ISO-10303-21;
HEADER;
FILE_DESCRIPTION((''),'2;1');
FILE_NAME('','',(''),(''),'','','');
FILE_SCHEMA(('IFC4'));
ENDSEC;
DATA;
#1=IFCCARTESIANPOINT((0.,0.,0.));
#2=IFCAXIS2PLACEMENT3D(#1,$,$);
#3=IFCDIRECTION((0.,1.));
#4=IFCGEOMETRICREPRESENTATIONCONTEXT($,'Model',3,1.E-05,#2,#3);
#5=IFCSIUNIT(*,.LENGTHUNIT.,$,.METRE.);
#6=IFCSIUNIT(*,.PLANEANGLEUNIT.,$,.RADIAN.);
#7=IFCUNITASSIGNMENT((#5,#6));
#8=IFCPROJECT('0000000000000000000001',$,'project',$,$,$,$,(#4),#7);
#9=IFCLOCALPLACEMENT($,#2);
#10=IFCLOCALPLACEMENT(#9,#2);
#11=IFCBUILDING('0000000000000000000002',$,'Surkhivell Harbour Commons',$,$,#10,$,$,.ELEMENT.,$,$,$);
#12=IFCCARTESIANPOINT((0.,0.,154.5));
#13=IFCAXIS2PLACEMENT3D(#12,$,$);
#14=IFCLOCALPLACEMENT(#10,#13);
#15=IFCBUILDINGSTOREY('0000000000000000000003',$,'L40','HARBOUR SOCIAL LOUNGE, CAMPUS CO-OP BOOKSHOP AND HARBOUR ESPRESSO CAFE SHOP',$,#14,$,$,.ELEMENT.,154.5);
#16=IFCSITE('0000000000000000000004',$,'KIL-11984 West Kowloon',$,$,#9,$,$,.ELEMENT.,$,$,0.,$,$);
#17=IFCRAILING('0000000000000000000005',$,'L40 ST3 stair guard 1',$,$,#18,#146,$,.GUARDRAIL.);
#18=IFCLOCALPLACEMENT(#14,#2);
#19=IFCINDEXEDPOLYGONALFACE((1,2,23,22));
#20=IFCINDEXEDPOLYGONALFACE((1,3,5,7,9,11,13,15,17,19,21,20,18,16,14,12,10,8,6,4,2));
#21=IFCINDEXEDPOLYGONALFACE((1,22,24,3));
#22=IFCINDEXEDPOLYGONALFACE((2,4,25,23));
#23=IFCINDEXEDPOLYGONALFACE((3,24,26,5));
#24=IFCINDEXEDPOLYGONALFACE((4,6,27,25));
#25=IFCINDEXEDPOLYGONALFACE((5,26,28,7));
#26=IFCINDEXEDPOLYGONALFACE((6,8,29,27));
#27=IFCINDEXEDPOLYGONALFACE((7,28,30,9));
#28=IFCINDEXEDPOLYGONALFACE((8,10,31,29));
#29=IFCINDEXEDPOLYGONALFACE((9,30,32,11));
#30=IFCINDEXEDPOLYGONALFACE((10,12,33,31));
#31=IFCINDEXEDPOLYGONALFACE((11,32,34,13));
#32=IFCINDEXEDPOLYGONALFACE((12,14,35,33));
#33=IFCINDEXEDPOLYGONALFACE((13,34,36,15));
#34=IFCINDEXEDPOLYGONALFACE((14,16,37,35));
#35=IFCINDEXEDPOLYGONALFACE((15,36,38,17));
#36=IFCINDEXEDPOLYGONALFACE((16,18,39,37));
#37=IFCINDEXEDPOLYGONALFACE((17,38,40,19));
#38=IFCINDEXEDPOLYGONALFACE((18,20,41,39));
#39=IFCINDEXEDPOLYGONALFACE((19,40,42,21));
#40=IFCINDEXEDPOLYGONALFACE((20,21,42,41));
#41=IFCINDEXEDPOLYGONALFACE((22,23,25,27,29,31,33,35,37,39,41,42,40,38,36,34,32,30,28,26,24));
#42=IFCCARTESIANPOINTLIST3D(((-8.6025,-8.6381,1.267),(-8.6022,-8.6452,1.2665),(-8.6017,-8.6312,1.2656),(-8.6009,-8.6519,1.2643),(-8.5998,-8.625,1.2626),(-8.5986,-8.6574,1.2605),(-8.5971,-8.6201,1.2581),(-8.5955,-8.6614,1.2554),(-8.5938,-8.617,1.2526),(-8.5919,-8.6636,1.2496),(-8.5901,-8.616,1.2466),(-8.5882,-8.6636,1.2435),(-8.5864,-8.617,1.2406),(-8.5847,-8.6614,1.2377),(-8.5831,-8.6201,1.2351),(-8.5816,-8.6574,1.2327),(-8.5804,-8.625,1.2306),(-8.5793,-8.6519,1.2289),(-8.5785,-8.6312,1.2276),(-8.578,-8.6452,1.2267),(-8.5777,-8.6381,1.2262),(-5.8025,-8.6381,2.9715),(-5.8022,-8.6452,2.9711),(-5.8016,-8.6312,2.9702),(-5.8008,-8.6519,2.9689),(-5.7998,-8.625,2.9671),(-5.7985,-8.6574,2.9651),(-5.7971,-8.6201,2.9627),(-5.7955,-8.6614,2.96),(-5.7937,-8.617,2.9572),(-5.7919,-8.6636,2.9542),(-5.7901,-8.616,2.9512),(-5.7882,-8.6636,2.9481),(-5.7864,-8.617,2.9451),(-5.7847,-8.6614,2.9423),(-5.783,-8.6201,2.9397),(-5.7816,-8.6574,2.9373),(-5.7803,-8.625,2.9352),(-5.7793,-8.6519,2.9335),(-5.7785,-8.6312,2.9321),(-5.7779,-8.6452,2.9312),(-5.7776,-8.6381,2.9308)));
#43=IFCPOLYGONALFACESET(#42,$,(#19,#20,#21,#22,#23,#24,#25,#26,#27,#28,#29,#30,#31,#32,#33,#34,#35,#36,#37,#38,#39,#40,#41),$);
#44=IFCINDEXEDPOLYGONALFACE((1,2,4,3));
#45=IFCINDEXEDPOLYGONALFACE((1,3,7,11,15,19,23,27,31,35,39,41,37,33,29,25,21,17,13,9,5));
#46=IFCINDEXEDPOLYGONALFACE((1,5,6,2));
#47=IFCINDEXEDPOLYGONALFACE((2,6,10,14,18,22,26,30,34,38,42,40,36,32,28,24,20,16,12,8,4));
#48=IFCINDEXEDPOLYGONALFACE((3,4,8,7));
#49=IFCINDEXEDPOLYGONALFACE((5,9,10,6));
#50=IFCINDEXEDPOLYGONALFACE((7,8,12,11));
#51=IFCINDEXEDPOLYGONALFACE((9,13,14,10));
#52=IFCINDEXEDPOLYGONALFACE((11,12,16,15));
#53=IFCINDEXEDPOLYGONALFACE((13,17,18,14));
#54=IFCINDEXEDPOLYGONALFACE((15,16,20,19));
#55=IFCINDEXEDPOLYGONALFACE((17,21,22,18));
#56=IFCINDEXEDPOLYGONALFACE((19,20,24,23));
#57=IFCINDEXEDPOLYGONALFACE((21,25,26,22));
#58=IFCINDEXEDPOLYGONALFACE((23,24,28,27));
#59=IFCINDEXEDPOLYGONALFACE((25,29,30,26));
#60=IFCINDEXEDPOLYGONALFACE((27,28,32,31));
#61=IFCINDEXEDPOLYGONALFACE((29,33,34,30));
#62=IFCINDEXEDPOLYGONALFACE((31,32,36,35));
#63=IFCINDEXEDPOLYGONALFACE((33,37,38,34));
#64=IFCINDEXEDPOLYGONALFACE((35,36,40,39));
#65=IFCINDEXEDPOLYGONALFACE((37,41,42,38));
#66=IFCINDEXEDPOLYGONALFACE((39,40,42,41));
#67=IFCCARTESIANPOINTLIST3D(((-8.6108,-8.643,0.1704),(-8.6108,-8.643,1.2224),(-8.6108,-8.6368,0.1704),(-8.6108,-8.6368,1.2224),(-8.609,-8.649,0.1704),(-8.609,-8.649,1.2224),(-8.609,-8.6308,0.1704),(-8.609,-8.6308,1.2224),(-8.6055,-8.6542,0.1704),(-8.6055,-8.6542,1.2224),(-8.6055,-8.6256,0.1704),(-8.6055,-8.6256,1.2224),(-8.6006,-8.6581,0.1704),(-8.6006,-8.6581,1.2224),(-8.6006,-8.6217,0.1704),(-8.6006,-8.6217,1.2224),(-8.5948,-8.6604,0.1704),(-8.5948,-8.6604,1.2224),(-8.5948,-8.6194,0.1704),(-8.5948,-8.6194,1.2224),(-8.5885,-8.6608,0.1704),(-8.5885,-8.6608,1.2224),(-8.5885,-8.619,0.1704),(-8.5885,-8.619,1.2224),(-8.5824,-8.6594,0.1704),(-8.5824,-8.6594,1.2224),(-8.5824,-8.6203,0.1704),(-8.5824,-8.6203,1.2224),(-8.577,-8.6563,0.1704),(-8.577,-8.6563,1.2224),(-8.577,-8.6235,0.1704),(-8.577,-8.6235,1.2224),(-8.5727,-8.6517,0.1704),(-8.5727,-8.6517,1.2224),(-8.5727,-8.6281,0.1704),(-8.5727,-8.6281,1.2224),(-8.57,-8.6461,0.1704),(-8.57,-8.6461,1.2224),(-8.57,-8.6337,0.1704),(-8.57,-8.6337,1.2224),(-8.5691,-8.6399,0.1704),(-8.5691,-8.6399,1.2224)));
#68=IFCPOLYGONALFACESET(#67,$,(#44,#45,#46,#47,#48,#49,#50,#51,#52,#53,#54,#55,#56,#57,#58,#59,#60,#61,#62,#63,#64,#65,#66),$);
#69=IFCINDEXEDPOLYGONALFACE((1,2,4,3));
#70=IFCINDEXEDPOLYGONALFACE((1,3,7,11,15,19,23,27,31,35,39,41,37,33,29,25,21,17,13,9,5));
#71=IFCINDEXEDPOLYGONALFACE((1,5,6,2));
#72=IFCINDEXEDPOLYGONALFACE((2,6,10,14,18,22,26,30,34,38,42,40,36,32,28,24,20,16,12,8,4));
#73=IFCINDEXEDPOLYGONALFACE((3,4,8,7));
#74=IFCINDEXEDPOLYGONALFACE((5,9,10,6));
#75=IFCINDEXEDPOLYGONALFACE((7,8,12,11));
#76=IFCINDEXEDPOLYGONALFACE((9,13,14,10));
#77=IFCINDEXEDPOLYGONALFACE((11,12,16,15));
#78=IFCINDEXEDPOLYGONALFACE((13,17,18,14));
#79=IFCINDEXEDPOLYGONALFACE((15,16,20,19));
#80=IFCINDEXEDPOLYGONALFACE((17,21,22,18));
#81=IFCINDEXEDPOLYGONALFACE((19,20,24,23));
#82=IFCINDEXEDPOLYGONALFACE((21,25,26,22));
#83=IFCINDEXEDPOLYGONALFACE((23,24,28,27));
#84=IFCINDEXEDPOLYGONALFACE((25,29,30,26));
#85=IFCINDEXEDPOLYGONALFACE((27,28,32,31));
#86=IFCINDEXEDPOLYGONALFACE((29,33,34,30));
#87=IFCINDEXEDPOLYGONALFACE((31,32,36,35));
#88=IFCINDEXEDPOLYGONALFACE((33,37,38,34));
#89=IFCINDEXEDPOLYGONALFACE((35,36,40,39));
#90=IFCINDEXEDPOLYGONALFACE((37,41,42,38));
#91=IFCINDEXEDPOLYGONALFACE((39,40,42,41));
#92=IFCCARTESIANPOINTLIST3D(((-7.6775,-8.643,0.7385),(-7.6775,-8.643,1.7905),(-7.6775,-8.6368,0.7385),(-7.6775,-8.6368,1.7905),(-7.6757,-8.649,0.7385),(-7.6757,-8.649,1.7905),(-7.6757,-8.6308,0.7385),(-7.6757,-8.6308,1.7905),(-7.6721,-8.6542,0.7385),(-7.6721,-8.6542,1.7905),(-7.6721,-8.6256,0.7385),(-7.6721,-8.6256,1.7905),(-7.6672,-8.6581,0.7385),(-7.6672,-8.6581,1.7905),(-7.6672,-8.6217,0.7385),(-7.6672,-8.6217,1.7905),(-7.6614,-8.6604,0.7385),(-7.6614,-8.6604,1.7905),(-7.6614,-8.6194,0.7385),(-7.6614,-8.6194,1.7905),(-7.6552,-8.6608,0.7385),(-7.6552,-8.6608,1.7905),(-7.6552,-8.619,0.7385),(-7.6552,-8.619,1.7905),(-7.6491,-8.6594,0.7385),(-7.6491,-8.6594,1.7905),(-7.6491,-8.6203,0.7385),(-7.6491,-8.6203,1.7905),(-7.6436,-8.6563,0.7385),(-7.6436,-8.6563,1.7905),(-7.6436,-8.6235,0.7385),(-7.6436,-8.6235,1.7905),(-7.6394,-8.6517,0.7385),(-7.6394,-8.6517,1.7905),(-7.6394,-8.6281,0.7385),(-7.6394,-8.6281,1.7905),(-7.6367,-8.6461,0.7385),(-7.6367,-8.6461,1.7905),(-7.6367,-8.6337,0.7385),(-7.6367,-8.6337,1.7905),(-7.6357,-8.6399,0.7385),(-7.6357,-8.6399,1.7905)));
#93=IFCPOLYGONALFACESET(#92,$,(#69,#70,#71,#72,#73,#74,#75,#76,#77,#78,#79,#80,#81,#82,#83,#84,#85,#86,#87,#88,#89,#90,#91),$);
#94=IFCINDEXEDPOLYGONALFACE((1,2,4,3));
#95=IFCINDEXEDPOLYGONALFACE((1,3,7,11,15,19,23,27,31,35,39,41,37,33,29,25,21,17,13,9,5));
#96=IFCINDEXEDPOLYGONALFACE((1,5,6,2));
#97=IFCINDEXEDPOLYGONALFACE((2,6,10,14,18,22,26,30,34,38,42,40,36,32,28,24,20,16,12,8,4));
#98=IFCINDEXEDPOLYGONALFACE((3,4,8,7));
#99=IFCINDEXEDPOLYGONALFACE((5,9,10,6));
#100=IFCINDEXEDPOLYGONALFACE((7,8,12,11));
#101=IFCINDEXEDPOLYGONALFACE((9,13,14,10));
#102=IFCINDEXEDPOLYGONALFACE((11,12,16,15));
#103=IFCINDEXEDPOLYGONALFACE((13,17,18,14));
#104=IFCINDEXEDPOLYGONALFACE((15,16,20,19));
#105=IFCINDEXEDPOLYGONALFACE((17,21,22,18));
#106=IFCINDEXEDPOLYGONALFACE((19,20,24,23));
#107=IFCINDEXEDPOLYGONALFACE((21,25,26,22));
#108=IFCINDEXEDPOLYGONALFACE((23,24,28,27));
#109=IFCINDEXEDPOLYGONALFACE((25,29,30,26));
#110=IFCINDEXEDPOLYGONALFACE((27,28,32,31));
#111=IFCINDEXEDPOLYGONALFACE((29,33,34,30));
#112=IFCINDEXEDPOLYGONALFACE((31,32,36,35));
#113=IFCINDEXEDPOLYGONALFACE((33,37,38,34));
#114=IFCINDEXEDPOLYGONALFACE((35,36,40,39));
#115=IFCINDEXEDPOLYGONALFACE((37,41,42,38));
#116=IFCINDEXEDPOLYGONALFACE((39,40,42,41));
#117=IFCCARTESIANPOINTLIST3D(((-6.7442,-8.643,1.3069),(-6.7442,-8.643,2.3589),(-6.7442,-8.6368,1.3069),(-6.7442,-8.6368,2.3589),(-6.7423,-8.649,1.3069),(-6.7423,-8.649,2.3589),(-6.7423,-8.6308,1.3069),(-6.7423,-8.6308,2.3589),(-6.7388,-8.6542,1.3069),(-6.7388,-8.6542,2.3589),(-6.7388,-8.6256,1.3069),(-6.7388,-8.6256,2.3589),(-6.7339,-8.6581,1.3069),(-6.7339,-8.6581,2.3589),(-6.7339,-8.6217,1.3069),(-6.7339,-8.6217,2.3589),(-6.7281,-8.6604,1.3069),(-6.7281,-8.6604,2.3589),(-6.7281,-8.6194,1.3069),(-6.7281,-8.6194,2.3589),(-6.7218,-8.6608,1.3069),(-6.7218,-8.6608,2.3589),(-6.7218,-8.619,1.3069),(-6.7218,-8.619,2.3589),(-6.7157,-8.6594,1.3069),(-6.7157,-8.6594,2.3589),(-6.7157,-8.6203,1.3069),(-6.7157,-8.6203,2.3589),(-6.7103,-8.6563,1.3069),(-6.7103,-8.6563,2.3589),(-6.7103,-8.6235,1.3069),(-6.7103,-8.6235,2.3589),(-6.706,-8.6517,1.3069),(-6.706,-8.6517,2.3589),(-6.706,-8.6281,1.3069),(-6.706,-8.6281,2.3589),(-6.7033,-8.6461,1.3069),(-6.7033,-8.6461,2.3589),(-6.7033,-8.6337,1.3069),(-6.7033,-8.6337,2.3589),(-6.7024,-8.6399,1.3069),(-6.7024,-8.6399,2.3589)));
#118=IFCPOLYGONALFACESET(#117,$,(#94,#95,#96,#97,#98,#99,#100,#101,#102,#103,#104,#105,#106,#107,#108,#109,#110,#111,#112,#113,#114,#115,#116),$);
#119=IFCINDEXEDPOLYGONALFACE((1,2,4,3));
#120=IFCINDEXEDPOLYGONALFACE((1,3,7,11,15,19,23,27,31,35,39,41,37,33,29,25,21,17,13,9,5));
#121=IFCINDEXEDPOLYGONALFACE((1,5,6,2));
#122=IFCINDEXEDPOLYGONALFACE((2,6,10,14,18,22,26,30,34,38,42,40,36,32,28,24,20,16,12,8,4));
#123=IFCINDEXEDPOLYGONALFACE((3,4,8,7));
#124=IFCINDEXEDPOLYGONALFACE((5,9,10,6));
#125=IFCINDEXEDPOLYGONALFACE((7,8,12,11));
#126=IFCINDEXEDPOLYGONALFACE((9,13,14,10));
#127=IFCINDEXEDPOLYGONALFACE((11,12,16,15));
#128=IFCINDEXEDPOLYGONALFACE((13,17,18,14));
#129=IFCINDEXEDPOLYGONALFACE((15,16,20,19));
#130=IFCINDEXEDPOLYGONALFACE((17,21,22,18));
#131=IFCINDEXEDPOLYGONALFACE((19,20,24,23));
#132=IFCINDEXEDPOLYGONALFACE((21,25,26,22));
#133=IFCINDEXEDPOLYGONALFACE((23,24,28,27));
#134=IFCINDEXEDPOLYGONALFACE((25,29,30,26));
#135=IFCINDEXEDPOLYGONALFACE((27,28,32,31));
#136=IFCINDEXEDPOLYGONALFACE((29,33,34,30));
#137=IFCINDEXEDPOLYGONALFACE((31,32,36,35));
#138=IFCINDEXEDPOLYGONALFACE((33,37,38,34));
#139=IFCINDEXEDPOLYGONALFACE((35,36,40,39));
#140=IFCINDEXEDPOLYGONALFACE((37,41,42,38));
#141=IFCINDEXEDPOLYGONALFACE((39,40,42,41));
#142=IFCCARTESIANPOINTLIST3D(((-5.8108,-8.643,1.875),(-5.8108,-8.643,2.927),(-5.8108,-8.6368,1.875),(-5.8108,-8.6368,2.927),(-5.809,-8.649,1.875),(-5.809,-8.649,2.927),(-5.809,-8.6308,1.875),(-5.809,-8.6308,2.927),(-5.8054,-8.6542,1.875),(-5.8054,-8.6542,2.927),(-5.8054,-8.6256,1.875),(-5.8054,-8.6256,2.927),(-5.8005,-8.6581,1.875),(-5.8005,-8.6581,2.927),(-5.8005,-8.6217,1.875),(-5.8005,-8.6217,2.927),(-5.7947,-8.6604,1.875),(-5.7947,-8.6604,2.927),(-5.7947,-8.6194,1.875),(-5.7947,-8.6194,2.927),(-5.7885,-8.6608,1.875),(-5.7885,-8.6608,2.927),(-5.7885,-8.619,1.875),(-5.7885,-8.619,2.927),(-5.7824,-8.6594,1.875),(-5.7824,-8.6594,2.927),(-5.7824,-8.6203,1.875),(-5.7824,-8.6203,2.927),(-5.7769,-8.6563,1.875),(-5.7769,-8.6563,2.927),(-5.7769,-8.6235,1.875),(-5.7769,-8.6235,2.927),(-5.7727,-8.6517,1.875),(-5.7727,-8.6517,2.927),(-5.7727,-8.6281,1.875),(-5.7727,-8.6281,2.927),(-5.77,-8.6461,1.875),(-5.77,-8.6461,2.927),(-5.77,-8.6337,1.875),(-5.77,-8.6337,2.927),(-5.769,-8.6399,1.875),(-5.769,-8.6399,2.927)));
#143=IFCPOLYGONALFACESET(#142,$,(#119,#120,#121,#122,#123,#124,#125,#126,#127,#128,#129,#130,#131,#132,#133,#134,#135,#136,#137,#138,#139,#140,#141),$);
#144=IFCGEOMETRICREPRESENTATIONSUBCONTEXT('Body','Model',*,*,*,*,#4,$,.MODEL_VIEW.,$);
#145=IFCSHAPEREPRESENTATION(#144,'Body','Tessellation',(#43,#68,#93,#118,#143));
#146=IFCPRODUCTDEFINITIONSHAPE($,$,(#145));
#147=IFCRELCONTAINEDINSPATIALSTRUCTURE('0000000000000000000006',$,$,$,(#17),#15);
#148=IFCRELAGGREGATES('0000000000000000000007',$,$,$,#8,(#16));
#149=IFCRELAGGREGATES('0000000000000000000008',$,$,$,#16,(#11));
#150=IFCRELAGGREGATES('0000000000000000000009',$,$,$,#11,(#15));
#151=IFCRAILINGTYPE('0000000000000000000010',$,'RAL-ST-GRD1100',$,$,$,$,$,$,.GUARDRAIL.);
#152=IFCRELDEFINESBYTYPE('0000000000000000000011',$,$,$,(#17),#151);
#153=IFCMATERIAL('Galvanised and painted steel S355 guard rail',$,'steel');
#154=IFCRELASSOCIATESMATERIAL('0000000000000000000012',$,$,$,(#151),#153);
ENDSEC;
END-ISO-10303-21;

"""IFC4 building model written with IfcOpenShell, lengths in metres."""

from ifc_helpers import new_model, si_unit, direction, frame, origin, origin_2d, place, context, subcontext, project, spatial, circle, extrude, material, type_object, element, save


model = new_model("IFC4")

# Units and contexts
model_context = context("Model", 3, precision=1e-05, world=origin(), true_north=direction((0.0, 1.0)))
body_context = subcontext(model_context, "Body", "Model", "MODEL_VIEW")
ifc_project = project(units=[si_unit("LENGTHUNIT", "METRE"), si_unit("PLANEANGLEUNIT", "RADIAN")], contexts=[model_context])

# Site, building, storey
site_placement = place(None, origin())
site = spatial("IfcSite", under=ifc_project, at=site_placement, Name="KIL-11984 West Kowloon", CompositionType="ELEMENT", RefElevation=0.0)
building_placement = place(site_placement, origin())
building = spatial("IfcBuilding", under=site, at=building_placement, Name="Surkhivell Harbour Commons", CompositionType="ELEMENT")
storey_placement = place(building_placement, frame((0.0, 0.0, 154.5)))
storey = spatial("IfcBuildingStorey", under=building, at=storey_placement, Name="L40", Description="HARBOUR SOCIAL LOUNGE, CAMPUS CO-OP BOOKSHOP AND HARBOUR ESPRESSO CAFE SHOP", CompositionType="ELEMENT", Elevation=154.5)

# Railing
ifc_material_1 = material(Name="Galvanised and painted steel S355 guard rail", Category="steel")
railing_type_1 = type_object("IfcRailingType", Name="RAL-ST-GRD1100", PredefinedType="GUARDRAIL", material=ifc_material_1)
railing_1_placement = place(storey_placement, frame((-8.5901, -8.6399, 0.1704)))
element("IfcRailing", 1, at=railing_1_placement, inside=storey, type_object=railing_type_1, Name="L40 ST3 stair guard 1", PredefinedType="GUARDRAIL", context=body_context, shape_type="SweptSolid", body=[
    extrude(circle(Radius=0.0239, at=origin_2d()), frame((0.0, 0.0, 1.0762), z_axis=(0.85417, 0.0, 0.519994), x_axis=(0.0, 1.0, 0.0)), (0.0, 0.0, 1.0), 3.2781),
    extrude(circle(Radius=0.021, at=origin_2d()), origin(), (0.0, 0.0, 1.0), 1.052),
    extrude(circle(Radius=0.021, at=origin_2d()), frame((0.9333, 0.0, 0.5681)), (0.0, 0.0, 1.0), 1.052),
    extrude(circle(Radius=0.021, at=origin_2d()), frame((1.8667, 0.0, 1.1365)), (0.0, 0.0, 1.0), 1.052),
    extrude(circle(Radius=0.021, at=origin_2d()), frame((2.8, 0.0, 1.7046)), (0.0, 0.0, 1.0), 1.052),
])

save(model, "model.ifc")
